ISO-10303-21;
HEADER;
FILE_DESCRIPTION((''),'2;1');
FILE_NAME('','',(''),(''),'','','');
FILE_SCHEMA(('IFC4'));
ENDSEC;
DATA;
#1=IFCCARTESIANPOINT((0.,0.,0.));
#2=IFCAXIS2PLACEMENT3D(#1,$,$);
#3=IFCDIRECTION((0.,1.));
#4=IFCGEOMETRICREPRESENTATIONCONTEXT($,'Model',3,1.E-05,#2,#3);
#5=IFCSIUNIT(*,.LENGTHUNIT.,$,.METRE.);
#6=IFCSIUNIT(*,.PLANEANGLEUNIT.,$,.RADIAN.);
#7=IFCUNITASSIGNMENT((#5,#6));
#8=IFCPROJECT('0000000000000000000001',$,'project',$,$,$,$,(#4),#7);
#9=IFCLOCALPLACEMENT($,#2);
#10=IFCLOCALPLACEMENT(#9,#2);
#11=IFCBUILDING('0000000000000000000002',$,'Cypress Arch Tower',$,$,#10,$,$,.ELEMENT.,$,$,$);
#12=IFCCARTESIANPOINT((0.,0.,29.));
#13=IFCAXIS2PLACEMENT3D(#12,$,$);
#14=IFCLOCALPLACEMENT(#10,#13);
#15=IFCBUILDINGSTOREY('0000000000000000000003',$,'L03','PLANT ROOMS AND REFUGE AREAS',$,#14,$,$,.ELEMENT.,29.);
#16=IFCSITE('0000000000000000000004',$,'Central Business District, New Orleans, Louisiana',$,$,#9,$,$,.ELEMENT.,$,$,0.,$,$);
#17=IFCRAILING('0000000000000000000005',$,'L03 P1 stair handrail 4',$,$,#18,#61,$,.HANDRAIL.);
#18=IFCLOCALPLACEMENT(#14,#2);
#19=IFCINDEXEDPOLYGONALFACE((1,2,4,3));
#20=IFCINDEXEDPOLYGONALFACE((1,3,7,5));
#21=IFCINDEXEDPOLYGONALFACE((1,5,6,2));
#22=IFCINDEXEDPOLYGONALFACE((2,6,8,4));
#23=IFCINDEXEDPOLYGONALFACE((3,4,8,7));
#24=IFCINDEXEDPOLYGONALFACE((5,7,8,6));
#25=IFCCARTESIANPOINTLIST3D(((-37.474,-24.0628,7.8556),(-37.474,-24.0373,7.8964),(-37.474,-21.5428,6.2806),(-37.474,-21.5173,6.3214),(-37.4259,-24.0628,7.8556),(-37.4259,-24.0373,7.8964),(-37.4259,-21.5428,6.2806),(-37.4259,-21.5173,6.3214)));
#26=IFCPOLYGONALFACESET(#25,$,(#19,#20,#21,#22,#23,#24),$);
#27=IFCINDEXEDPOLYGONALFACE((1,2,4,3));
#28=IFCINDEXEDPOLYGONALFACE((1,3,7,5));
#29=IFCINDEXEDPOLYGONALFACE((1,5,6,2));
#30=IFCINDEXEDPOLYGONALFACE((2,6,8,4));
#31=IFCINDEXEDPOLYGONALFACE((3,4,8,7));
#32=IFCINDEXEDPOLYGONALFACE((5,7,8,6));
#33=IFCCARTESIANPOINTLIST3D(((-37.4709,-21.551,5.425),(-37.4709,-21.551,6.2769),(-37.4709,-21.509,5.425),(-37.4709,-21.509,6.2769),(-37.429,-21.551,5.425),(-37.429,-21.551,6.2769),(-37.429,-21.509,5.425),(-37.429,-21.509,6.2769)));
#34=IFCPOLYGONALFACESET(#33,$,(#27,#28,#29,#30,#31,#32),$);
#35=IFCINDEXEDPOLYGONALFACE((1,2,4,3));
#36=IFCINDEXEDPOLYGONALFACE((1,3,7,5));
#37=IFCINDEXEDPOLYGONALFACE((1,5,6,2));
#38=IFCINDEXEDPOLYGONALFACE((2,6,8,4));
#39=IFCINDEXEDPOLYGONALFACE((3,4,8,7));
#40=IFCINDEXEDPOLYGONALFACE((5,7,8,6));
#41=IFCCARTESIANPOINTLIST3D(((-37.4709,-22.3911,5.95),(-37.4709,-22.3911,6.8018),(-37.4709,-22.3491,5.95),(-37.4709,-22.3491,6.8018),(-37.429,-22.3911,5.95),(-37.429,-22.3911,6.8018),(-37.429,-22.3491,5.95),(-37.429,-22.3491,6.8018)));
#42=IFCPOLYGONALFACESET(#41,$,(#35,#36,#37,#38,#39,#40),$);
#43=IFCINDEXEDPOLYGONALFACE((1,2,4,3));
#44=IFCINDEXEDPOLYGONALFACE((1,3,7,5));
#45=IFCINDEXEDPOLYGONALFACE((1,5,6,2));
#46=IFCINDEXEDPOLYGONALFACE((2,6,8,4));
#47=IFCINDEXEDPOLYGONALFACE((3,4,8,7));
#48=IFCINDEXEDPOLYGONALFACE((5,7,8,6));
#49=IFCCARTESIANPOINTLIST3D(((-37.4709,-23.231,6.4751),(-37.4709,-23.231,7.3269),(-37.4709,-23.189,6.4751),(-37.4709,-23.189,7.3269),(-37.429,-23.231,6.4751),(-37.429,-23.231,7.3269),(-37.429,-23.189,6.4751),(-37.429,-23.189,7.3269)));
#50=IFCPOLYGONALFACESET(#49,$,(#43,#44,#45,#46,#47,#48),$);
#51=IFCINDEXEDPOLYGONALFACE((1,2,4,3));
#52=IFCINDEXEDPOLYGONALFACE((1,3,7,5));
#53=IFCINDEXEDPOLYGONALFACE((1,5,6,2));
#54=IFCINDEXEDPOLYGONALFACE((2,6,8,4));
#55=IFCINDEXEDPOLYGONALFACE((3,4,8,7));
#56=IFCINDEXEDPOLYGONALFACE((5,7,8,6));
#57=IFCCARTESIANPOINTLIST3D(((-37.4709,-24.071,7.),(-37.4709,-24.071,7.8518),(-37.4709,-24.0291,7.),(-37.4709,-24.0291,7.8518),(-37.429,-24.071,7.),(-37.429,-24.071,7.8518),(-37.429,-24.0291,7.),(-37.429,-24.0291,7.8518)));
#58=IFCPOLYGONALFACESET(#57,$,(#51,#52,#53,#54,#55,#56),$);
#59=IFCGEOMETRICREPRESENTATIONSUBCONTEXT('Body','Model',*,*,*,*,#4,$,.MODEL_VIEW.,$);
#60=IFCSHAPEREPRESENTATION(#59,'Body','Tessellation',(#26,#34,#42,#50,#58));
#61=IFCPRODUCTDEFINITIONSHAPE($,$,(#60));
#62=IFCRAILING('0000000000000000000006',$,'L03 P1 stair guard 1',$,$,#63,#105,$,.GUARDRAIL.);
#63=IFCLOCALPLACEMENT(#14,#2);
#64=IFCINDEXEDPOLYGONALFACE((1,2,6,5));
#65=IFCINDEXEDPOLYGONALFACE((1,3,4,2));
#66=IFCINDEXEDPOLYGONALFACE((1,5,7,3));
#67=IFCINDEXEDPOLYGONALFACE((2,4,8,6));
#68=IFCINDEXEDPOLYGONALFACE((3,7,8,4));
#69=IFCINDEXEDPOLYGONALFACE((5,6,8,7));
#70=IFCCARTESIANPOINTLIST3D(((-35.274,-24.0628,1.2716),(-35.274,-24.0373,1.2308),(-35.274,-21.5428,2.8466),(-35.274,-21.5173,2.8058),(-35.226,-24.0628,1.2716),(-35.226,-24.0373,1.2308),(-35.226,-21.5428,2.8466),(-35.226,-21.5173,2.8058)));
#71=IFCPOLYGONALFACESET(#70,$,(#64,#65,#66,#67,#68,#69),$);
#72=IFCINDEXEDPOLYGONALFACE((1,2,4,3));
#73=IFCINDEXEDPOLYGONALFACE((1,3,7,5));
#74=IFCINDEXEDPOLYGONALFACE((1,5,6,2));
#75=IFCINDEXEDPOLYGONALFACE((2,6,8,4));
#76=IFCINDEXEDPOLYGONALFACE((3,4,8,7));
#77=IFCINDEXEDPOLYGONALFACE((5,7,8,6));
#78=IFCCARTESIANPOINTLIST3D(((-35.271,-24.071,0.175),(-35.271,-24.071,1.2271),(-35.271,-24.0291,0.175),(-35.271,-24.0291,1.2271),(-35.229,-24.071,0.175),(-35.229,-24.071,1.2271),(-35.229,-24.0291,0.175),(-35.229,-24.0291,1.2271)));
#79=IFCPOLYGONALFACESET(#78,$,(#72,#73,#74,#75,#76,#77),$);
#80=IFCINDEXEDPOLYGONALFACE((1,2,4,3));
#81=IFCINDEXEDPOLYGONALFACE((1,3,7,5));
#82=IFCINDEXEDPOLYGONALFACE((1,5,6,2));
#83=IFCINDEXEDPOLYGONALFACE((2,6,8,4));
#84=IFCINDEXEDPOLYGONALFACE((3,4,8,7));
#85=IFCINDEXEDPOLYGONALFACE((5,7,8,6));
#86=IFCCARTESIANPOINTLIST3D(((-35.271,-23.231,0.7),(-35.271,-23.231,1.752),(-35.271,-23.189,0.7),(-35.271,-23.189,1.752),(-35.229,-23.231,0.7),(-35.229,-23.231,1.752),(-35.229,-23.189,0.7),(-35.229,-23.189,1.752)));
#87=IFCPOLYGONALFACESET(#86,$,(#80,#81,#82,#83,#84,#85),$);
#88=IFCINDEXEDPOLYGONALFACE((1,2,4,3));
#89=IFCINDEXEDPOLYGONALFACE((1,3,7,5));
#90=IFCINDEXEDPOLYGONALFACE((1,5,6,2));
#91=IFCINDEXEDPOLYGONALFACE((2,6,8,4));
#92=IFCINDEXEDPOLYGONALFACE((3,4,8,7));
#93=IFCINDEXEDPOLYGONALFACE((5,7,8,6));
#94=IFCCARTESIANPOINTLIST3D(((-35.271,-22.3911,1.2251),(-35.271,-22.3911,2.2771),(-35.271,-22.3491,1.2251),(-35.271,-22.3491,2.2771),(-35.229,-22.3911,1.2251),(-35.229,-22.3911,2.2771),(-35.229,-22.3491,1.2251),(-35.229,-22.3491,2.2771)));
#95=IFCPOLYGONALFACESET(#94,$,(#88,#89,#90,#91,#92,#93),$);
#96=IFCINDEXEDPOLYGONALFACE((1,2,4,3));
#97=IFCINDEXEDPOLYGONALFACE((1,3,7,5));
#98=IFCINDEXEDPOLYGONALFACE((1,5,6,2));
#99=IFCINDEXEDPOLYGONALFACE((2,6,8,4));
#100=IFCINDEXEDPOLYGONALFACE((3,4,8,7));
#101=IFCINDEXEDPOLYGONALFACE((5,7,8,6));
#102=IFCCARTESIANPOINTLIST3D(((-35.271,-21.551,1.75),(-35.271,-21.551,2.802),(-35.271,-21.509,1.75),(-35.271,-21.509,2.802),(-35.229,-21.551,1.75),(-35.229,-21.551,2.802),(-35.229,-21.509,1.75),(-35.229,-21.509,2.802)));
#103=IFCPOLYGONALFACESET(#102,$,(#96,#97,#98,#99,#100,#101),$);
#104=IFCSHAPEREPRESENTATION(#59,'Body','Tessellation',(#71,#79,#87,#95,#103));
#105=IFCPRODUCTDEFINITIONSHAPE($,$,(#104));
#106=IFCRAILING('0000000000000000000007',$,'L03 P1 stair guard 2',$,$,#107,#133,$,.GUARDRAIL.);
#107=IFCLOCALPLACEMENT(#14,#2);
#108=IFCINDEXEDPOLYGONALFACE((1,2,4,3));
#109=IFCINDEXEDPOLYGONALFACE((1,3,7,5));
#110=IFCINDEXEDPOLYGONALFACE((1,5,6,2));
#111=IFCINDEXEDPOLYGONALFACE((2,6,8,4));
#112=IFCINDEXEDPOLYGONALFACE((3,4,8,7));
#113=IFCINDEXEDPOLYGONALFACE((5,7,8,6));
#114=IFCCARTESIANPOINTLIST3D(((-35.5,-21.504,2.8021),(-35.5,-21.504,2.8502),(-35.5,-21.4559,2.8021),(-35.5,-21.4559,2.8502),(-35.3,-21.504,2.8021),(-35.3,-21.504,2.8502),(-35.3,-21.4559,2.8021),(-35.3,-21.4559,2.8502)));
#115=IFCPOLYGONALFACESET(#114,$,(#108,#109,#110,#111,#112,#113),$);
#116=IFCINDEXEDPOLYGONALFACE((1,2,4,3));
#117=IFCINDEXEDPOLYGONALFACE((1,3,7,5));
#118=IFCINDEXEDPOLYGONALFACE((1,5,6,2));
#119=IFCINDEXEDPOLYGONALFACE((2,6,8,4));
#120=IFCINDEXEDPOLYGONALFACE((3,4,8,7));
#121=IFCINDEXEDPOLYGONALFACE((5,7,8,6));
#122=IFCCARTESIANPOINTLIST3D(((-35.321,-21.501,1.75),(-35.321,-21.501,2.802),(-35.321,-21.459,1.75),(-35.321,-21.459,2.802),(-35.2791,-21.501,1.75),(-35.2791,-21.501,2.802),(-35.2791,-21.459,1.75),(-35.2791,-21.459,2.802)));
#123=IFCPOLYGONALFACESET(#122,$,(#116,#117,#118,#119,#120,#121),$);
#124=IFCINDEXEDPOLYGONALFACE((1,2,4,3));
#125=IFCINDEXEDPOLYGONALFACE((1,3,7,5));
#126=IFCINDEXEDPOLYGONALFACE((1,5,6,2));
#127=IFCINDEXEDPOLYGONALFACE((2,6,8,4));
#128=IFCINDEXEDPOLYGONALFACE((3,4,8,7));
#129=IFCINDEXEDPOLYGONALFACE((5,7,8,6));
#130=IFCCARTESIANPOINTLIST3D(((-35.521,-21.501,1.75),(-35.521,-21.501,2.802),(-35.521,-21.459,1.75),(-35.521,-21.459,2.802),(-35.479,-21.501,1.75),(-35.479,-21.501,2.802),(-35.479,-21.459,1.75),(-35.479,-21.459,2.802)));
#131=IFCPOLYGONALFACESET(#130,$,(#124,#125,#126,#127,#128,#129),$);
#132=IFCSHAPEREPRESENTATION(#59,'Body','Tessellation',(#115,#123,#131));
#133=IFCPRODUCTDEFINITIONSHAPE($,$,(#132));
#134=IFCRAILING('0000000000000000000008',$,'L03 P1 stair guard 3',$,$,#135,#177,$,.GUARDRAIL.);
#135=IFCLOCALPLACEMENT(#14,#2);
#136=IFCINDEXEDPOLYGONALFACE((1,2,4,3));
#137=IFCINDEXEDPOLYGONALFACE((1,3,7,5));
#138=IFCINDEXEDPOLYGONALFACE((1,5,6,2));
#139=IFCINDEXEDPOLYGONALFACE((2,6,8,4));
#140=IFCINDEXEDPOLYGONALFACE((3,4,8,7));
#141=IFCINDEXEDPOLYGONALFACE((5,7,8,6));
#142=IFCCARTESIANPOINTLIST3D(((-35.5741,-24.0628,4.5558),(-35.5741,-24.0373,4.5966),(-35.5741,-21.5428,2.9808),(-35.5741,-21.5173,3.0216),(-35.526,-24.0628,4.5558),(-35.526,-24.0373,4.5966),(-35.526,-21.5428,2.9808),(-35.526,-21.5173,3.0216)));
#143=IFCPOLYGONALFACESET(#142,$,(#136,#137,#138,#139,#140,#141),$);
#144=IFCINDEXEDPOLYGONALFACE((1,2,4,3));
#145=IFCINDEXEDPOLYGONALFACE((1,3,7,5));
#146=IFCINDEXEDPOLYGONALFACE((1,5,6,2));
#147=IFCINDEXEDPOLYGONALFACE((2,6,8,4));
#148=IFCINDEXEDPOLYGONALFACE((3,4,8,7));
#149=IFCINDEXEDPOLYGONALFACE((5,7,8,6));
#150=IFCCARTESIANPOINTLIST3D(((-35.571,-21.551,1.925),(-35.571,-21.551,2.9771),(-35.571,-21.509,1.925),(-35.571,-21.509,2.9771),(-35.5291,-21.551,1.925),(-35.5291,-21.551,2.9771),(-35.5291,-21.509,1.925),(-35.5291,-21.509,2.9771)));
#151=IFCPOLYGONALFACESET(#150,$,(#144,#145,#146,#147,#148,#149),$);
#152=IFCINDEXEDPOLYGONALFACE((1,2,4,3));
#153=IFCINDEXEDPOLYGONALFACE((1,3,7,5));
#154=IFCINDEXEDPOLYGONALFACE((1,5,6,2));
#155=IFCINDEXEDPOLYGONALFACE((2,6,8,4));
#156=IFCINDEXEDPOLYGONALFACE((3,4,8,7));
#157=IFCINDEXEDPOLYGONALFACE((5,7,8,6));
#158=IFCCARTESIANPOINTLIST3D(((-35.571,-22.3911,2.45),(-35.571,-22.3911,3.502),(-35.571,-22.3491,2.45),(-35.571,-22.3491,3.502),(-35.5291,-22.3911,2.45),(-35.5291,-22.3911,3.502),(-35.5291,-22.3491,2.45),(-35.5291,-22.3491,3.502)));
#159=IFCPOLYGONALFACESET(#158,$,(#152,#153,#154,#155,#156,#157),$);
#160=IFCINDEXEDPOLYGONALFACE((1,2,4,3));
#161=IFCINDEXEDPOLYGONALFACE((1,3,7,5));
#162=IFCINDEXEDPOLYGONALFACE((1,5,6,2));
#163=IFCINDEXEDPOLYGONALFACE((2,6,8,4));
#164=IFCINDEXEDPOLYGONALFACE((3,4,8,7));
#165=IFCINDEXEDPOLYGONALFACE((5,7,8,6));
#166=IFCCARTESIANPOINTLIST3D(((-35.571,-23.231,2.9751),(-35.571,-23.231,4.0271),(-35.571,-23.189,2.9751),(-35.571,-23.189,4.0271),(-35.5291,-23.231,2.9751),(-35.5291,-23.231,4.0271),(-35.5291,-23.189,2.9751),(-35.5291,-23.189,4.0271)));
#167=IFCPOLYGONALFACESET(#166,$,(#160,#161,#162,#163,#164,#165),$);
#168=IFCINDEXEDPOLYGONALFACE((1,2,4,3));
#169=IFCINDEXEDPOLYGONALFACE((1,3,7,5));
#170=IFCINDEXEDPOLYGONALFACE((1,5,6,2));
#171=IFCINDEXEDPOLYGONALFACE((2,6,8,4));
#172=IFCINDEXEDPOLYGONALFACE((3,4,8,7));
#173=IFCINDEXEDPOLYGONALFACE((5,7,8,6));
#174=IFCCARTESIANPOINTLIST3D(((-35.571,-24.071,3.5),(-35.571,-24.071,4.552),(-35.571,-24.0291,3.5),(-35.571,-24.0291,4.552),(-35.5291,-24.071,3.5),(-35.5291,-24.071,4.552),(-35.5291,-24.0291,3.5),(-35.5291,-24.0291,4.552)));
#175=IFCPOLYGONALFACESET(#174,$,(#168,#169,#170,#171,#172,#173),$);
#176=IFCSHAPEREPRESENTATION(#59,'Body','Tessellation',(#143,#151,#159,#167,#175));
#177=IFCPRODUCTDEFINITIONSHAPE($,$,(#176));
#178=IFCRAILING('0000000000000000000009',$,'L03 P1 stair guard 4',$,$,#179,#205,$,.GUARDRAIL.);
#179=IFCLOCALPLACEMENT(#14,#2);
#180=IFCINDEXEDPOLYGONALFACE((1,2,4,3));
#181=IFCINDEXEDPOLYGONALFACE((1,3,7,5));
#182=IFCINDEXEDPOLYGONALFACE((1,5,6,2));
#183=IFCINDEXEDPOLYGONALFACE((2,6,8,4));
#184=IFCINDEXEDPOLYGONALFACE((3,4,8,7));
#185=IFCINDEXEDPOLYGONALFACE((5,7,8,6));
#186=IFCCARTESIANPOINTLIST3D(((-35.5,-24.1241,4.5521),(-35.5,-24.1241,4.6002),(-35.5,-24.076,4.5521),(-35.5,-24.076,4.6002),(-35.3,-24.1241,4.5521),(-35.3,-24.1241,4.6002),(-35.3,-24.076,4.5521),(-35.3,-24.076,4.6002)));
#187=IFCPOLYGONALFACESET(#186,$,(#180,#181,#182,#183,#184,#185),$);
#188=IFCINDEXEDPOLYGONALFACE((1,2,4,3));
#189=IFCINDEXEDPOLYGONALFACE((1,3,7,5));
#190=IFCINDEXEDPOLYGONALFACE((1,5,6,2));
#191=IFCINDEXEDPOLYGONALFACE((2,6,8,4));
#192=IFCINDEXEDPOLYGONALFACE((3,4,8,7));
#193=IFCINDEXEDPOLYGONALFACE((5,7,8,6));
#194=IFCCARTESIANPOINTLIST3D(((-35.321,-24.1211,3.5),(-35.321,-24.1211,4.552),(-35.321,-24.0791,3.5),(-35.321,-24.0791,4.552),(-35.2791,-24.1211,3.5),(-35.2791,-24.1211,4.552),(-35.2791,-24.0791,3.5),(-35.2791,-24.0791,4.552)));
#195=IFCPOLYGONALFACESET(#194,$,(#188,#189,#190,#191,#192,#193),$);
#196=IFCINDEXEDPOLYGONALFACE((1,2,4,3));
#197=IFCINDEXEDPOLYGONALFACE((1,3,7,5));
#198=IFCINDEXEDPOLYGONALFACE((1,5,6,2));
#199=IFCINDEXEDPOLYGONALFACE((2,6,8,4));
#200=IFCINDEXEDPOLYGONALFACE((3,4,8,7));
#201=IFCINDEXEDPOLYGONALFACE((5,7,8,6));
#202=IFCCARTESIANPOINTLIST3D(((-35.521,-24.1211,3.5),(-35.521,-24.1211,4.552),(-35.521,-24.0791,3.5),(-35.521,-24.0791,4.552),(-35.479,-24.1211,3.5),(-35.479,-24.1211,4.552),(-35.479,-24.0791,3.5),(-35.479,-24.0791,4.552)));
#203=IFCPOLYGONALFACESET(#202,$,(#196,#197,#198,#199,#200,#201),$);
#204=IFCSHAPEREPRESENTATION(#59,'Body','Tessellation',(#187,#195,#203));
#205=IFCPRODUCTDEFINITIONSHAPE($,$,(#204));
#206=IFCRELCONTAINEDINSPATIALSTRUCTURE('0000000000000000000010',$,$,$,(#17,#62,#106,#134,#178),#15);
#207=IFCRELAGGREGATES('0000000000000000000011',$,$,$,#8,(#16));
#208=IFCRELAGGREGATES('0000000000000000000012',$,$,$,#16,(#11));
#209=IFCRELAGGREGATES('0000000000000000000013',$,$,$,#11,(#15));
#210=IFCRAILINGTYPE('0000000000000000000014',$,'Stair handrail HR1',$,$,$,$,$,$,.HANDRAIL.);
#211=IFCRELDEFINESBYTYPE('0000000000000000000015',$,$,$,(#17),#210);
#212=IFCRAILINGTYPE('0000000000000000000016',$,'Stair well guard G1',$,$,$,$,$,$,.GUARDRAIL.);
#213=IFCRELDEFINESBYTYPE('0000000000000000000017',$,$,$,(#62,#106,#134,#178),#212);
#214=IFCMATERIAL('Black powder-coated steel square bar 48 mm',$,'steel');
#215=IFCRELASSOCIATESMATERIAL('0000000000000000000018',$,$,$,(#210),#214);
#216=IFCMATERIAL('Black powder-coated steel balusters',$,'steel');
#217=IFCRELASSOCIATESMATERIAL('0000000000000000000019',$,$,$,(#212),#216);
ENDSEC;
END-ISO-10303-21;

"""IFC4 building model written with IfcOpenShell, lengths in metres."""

from ifc_helpers import new_model, si_unit, direction, frame, origin, origin_2d, place, context, subcontext, project, spatial, rectangle, extrude, material, type_object, element, save


model = new_model("IFC4")

# Units and contexts
model_context = context("Model", 3, precision=1e-05, world=origin(), true_north=direction((0.0, 1.0)))
body_context = subcontext(model_context, "Body", "Model", "MODEL_VIEW")
ifc_project = project(units=[si_unit("LENGTHUNIT", "METRE"), si_unit("PLANEANGLEUNIT", "RADIAN")], contexts=[model_context])

# Site, building, storey
site_placement = place(None, origin())
site = spatial("IfcSite", under=ifc_project, at=site_placement, Name="Central Business District, New Orleans, Louisiana", CompositionType="ELEMENT", RefElevation=0.0)
building_placement = place(site_placement, origin())
building = spatial("IfcBuilding", under=site, at=building_placement, Name="Cypress Arch Tower", CompositionType="ELEMENT")
storey_placement = place(building_placement, frame((0.0, 0.0, 29.0)))
storey = spatial("IfcBuildingStorey", under=building, at=storey_placement, Name="L03", Description="PLANT ROOMS AND REFUGE AREAS", CompositionType="ELEMENT", Elevation=29.0)

# Railings
ifc_material_1 = material(Name="Black powder-coated steel square bar 48 mm", Category="steel")
railing_type_1 = type_object("IfcRailingType", Name="Stair handrail HR1", PredefinedType="HANDRAIL", material=ifc_material_1)
railing_1_placement = place(storey_placement, frame((-37.45, -21.53, 5.425)))
element("IfcRailing", 1, at=railing_1_placement, inside=storey, type_object=railing_type_1, Name="L03 P1 stair handrail 4", PredefinedType="HANDRAIL", context=body_context, shape_type="SweptSolid", body=[
    extrude(rectangle(XDim=0.0481, YDim=0.0481, at=origin_2d()), frame((0.0, 0.0, 0.876), z_axis=(0.0, -0.848008, 0.529984), x_axis=(1.0, 0.0, 0.0)), (0.0, 0.0, 1.0), 2.9717),
    extrude(rectangle(XDim=0.042, YDim=0.042, at=origin_2d()), origin(), (0.0, 0.0, 1.0), 0.8518),
    extrude(rectangle(XDim=0.042, YDim=0.042, at=origin_2d()), frame((0.0, -0.8401, 0.5249)), (0.0, 0.0, 1.0), 0.8518),
    extrude(rectangle(XDim=0.042, YDim=0.042, at=origin_2d()), frame((0.0, -1.6799, 1.05)), (0.0, 0.0, 1.0), 0.8518),
    extrude(rectangle(XDim=0.042, YDim=0.042, at=origin_2d()), frame((0.0, -2.52, 1.575)), (0.0, 0.0, 1.0), 0.8518),
])
ifc_material_2 = material(Name="Black powder-coated steel balusters", Category="steel")
railing_type_2 = type_object("IfcRailingType", Name="Stair well guard G1", PredefinedType="GUARDRAIL", material=ifc_material_2)
railing_2_placement = place(storey_placement, frame((-35.25, -24.05, 0.175)))
element("IfcRailing", 2, at=railing_2_placement, inside=storey, type_object=railing_type_2, Name="L03 P1 stair guard 1", PredefinedType="GUARDRAIL", context=body_context, shape_type="SweptSolid", body=[
    extrude(rectangle(XDim=0.0481, YDim=0.0481, at=origin_2d()), frame((0.0, 0.0, 1.0762), z_axis=(0.0, 0.848008, 0.529984), x_axis=(-1.0, 0.0, 0.0)), (0.0, 0.0, 1.0), 2.9717),
    extrude(rectangle(XDim=0.042, YDim=0.042, at=origin_2d()), origin(), (0.0, 0.0, 1.0), 1.052),
    extrude(rectangle(XDim=0.042, YDim=0.042, at=origin_2d()), frame((0.0, 0.8401, 0.5249)), (0.0, 0.0, 1.0), 1.052),
    extrude(rectangle(XDim=0.042, YDim=0.042, at=origin_2d()), frame((0.0, 1.6799, 1.05)), (0.0, 0.0, 1.0), 1.052),
    extrude(rectangle(XDim=0.042, YDim=0.042, at=origin_2d()), frame((0.0, 2.52, 1.575)), (0.0, 0.0, 1.0), 1.052),
])
railing_3_placement = place(storey_placement, frame((-35.3, -21.48, 1.75)))
element("IfcRailing", 3, at=railing_3_placement, inside=storey, type_object=railing_type_2, Name="L03 P1 stair guard 2", PredefinedType="GUARDRAIL", context=body_context, shape_type="SweptSolid", body=[
    extrude(rectangle(XDim=0.0481, YDim=0.0481, at=origin_2d()), frame((0.0, 0.0, 1.0762), z_axis=(-1.0, 0.0, 0.0), x_axis=(0.0, -1.0, 0.0)), (0.0, 0.0, 1.0), 0.2),
    extrude(rectangle(XDim=0.042, YDim=0.042, at=origin_2d()), origin(), (0.0, 0.0, 1.0), 1.052),
    extrude(rectangle(XDim=0.042, YDim=0.042, at=origin_2d()), frame((-0.2, 0.0, 0.0)), (0.0, 0.0, 1.0), 1.052),
])
railing_4_placement = place(storey_placement, frame((-35.55, -21.53, 1.925)))
element("IfcRailing", 4, at=railing_4_placement, inside=storey, type_object=railing_type_2, Name="L03 P1 stair guard 3", PredefinedType="GUARDRAIL", context=body_context, shape_type="SweptSolid", body=[
    extrude(rectangle(XDim=0.0481, YDim=0.0481, at=origin_2d()), frame((0.0, 0.0, 1.0762), z_axis=(0.0, -0.848008, 0.529984), x_axis=(1.0, 0.0, 0.0)), (0.0, 0.0, 1.0), 2.9717),
    extrude(rectangle(XDim=0.042, YDim=0.042, at=origin_2d()), origin(), (0.0, 0.0, 1.0), 1.052),
    extrude(rectangle(XDim=0.042, YDim=0.042, at=origin_2d()), frame((0.0, -0.8401, 0.5249)), (0.0, 0.0, 1.0), 1.052),
    extrude(rectangle(XDim=0.042, YDim=0.042, at=origin_2d()), frame((0.0, -1.6799, 1.05)), (0.0, 0.0, 1.0), 1.052),
    extrude(rectangle(XDim=0.042, YDim=0.042, at=origin_2d()), frame((0.0, -2.52, 1.575)), (0.0, 0.0, 1.0), 1.052),
])
railing_5_placement = place(storey_placement, frame((-35.3, -24.1001, 3.5)))
element("IfcRailing", 5, at=railing_5_placement, inside=storey, type_object=railing_type_2, Name="L03 P1 stair guard 4", PredefinedType="GUARDRAIL", context=body_context, shape_type="SweptSolid", body=[
    extrude(rectangle(XDim=0.0481, YDim=0.0481, at=origin_2d()), frame((0.0, 0.0, 1.0762), z_axis=(-1.0, 0.0, 0.0), x_axis=(0.0, -1.0, 0.0)), (0.0, 0.0, 1.0), 0.2),
    extrude(rectangle(XDim=0.042, YDim=0.042, at=origin_2d()), origin(), (0.0, 0.0, 1.0), 1.052),
    extrude(rectangle(XDim=0.042, YDim=0.042, at=origin_2d()), frame((-0.2, 0.0, 0.0)), (0.0, 0.0, 1.0), 1.052),
])

save(model, "model.ifc")
